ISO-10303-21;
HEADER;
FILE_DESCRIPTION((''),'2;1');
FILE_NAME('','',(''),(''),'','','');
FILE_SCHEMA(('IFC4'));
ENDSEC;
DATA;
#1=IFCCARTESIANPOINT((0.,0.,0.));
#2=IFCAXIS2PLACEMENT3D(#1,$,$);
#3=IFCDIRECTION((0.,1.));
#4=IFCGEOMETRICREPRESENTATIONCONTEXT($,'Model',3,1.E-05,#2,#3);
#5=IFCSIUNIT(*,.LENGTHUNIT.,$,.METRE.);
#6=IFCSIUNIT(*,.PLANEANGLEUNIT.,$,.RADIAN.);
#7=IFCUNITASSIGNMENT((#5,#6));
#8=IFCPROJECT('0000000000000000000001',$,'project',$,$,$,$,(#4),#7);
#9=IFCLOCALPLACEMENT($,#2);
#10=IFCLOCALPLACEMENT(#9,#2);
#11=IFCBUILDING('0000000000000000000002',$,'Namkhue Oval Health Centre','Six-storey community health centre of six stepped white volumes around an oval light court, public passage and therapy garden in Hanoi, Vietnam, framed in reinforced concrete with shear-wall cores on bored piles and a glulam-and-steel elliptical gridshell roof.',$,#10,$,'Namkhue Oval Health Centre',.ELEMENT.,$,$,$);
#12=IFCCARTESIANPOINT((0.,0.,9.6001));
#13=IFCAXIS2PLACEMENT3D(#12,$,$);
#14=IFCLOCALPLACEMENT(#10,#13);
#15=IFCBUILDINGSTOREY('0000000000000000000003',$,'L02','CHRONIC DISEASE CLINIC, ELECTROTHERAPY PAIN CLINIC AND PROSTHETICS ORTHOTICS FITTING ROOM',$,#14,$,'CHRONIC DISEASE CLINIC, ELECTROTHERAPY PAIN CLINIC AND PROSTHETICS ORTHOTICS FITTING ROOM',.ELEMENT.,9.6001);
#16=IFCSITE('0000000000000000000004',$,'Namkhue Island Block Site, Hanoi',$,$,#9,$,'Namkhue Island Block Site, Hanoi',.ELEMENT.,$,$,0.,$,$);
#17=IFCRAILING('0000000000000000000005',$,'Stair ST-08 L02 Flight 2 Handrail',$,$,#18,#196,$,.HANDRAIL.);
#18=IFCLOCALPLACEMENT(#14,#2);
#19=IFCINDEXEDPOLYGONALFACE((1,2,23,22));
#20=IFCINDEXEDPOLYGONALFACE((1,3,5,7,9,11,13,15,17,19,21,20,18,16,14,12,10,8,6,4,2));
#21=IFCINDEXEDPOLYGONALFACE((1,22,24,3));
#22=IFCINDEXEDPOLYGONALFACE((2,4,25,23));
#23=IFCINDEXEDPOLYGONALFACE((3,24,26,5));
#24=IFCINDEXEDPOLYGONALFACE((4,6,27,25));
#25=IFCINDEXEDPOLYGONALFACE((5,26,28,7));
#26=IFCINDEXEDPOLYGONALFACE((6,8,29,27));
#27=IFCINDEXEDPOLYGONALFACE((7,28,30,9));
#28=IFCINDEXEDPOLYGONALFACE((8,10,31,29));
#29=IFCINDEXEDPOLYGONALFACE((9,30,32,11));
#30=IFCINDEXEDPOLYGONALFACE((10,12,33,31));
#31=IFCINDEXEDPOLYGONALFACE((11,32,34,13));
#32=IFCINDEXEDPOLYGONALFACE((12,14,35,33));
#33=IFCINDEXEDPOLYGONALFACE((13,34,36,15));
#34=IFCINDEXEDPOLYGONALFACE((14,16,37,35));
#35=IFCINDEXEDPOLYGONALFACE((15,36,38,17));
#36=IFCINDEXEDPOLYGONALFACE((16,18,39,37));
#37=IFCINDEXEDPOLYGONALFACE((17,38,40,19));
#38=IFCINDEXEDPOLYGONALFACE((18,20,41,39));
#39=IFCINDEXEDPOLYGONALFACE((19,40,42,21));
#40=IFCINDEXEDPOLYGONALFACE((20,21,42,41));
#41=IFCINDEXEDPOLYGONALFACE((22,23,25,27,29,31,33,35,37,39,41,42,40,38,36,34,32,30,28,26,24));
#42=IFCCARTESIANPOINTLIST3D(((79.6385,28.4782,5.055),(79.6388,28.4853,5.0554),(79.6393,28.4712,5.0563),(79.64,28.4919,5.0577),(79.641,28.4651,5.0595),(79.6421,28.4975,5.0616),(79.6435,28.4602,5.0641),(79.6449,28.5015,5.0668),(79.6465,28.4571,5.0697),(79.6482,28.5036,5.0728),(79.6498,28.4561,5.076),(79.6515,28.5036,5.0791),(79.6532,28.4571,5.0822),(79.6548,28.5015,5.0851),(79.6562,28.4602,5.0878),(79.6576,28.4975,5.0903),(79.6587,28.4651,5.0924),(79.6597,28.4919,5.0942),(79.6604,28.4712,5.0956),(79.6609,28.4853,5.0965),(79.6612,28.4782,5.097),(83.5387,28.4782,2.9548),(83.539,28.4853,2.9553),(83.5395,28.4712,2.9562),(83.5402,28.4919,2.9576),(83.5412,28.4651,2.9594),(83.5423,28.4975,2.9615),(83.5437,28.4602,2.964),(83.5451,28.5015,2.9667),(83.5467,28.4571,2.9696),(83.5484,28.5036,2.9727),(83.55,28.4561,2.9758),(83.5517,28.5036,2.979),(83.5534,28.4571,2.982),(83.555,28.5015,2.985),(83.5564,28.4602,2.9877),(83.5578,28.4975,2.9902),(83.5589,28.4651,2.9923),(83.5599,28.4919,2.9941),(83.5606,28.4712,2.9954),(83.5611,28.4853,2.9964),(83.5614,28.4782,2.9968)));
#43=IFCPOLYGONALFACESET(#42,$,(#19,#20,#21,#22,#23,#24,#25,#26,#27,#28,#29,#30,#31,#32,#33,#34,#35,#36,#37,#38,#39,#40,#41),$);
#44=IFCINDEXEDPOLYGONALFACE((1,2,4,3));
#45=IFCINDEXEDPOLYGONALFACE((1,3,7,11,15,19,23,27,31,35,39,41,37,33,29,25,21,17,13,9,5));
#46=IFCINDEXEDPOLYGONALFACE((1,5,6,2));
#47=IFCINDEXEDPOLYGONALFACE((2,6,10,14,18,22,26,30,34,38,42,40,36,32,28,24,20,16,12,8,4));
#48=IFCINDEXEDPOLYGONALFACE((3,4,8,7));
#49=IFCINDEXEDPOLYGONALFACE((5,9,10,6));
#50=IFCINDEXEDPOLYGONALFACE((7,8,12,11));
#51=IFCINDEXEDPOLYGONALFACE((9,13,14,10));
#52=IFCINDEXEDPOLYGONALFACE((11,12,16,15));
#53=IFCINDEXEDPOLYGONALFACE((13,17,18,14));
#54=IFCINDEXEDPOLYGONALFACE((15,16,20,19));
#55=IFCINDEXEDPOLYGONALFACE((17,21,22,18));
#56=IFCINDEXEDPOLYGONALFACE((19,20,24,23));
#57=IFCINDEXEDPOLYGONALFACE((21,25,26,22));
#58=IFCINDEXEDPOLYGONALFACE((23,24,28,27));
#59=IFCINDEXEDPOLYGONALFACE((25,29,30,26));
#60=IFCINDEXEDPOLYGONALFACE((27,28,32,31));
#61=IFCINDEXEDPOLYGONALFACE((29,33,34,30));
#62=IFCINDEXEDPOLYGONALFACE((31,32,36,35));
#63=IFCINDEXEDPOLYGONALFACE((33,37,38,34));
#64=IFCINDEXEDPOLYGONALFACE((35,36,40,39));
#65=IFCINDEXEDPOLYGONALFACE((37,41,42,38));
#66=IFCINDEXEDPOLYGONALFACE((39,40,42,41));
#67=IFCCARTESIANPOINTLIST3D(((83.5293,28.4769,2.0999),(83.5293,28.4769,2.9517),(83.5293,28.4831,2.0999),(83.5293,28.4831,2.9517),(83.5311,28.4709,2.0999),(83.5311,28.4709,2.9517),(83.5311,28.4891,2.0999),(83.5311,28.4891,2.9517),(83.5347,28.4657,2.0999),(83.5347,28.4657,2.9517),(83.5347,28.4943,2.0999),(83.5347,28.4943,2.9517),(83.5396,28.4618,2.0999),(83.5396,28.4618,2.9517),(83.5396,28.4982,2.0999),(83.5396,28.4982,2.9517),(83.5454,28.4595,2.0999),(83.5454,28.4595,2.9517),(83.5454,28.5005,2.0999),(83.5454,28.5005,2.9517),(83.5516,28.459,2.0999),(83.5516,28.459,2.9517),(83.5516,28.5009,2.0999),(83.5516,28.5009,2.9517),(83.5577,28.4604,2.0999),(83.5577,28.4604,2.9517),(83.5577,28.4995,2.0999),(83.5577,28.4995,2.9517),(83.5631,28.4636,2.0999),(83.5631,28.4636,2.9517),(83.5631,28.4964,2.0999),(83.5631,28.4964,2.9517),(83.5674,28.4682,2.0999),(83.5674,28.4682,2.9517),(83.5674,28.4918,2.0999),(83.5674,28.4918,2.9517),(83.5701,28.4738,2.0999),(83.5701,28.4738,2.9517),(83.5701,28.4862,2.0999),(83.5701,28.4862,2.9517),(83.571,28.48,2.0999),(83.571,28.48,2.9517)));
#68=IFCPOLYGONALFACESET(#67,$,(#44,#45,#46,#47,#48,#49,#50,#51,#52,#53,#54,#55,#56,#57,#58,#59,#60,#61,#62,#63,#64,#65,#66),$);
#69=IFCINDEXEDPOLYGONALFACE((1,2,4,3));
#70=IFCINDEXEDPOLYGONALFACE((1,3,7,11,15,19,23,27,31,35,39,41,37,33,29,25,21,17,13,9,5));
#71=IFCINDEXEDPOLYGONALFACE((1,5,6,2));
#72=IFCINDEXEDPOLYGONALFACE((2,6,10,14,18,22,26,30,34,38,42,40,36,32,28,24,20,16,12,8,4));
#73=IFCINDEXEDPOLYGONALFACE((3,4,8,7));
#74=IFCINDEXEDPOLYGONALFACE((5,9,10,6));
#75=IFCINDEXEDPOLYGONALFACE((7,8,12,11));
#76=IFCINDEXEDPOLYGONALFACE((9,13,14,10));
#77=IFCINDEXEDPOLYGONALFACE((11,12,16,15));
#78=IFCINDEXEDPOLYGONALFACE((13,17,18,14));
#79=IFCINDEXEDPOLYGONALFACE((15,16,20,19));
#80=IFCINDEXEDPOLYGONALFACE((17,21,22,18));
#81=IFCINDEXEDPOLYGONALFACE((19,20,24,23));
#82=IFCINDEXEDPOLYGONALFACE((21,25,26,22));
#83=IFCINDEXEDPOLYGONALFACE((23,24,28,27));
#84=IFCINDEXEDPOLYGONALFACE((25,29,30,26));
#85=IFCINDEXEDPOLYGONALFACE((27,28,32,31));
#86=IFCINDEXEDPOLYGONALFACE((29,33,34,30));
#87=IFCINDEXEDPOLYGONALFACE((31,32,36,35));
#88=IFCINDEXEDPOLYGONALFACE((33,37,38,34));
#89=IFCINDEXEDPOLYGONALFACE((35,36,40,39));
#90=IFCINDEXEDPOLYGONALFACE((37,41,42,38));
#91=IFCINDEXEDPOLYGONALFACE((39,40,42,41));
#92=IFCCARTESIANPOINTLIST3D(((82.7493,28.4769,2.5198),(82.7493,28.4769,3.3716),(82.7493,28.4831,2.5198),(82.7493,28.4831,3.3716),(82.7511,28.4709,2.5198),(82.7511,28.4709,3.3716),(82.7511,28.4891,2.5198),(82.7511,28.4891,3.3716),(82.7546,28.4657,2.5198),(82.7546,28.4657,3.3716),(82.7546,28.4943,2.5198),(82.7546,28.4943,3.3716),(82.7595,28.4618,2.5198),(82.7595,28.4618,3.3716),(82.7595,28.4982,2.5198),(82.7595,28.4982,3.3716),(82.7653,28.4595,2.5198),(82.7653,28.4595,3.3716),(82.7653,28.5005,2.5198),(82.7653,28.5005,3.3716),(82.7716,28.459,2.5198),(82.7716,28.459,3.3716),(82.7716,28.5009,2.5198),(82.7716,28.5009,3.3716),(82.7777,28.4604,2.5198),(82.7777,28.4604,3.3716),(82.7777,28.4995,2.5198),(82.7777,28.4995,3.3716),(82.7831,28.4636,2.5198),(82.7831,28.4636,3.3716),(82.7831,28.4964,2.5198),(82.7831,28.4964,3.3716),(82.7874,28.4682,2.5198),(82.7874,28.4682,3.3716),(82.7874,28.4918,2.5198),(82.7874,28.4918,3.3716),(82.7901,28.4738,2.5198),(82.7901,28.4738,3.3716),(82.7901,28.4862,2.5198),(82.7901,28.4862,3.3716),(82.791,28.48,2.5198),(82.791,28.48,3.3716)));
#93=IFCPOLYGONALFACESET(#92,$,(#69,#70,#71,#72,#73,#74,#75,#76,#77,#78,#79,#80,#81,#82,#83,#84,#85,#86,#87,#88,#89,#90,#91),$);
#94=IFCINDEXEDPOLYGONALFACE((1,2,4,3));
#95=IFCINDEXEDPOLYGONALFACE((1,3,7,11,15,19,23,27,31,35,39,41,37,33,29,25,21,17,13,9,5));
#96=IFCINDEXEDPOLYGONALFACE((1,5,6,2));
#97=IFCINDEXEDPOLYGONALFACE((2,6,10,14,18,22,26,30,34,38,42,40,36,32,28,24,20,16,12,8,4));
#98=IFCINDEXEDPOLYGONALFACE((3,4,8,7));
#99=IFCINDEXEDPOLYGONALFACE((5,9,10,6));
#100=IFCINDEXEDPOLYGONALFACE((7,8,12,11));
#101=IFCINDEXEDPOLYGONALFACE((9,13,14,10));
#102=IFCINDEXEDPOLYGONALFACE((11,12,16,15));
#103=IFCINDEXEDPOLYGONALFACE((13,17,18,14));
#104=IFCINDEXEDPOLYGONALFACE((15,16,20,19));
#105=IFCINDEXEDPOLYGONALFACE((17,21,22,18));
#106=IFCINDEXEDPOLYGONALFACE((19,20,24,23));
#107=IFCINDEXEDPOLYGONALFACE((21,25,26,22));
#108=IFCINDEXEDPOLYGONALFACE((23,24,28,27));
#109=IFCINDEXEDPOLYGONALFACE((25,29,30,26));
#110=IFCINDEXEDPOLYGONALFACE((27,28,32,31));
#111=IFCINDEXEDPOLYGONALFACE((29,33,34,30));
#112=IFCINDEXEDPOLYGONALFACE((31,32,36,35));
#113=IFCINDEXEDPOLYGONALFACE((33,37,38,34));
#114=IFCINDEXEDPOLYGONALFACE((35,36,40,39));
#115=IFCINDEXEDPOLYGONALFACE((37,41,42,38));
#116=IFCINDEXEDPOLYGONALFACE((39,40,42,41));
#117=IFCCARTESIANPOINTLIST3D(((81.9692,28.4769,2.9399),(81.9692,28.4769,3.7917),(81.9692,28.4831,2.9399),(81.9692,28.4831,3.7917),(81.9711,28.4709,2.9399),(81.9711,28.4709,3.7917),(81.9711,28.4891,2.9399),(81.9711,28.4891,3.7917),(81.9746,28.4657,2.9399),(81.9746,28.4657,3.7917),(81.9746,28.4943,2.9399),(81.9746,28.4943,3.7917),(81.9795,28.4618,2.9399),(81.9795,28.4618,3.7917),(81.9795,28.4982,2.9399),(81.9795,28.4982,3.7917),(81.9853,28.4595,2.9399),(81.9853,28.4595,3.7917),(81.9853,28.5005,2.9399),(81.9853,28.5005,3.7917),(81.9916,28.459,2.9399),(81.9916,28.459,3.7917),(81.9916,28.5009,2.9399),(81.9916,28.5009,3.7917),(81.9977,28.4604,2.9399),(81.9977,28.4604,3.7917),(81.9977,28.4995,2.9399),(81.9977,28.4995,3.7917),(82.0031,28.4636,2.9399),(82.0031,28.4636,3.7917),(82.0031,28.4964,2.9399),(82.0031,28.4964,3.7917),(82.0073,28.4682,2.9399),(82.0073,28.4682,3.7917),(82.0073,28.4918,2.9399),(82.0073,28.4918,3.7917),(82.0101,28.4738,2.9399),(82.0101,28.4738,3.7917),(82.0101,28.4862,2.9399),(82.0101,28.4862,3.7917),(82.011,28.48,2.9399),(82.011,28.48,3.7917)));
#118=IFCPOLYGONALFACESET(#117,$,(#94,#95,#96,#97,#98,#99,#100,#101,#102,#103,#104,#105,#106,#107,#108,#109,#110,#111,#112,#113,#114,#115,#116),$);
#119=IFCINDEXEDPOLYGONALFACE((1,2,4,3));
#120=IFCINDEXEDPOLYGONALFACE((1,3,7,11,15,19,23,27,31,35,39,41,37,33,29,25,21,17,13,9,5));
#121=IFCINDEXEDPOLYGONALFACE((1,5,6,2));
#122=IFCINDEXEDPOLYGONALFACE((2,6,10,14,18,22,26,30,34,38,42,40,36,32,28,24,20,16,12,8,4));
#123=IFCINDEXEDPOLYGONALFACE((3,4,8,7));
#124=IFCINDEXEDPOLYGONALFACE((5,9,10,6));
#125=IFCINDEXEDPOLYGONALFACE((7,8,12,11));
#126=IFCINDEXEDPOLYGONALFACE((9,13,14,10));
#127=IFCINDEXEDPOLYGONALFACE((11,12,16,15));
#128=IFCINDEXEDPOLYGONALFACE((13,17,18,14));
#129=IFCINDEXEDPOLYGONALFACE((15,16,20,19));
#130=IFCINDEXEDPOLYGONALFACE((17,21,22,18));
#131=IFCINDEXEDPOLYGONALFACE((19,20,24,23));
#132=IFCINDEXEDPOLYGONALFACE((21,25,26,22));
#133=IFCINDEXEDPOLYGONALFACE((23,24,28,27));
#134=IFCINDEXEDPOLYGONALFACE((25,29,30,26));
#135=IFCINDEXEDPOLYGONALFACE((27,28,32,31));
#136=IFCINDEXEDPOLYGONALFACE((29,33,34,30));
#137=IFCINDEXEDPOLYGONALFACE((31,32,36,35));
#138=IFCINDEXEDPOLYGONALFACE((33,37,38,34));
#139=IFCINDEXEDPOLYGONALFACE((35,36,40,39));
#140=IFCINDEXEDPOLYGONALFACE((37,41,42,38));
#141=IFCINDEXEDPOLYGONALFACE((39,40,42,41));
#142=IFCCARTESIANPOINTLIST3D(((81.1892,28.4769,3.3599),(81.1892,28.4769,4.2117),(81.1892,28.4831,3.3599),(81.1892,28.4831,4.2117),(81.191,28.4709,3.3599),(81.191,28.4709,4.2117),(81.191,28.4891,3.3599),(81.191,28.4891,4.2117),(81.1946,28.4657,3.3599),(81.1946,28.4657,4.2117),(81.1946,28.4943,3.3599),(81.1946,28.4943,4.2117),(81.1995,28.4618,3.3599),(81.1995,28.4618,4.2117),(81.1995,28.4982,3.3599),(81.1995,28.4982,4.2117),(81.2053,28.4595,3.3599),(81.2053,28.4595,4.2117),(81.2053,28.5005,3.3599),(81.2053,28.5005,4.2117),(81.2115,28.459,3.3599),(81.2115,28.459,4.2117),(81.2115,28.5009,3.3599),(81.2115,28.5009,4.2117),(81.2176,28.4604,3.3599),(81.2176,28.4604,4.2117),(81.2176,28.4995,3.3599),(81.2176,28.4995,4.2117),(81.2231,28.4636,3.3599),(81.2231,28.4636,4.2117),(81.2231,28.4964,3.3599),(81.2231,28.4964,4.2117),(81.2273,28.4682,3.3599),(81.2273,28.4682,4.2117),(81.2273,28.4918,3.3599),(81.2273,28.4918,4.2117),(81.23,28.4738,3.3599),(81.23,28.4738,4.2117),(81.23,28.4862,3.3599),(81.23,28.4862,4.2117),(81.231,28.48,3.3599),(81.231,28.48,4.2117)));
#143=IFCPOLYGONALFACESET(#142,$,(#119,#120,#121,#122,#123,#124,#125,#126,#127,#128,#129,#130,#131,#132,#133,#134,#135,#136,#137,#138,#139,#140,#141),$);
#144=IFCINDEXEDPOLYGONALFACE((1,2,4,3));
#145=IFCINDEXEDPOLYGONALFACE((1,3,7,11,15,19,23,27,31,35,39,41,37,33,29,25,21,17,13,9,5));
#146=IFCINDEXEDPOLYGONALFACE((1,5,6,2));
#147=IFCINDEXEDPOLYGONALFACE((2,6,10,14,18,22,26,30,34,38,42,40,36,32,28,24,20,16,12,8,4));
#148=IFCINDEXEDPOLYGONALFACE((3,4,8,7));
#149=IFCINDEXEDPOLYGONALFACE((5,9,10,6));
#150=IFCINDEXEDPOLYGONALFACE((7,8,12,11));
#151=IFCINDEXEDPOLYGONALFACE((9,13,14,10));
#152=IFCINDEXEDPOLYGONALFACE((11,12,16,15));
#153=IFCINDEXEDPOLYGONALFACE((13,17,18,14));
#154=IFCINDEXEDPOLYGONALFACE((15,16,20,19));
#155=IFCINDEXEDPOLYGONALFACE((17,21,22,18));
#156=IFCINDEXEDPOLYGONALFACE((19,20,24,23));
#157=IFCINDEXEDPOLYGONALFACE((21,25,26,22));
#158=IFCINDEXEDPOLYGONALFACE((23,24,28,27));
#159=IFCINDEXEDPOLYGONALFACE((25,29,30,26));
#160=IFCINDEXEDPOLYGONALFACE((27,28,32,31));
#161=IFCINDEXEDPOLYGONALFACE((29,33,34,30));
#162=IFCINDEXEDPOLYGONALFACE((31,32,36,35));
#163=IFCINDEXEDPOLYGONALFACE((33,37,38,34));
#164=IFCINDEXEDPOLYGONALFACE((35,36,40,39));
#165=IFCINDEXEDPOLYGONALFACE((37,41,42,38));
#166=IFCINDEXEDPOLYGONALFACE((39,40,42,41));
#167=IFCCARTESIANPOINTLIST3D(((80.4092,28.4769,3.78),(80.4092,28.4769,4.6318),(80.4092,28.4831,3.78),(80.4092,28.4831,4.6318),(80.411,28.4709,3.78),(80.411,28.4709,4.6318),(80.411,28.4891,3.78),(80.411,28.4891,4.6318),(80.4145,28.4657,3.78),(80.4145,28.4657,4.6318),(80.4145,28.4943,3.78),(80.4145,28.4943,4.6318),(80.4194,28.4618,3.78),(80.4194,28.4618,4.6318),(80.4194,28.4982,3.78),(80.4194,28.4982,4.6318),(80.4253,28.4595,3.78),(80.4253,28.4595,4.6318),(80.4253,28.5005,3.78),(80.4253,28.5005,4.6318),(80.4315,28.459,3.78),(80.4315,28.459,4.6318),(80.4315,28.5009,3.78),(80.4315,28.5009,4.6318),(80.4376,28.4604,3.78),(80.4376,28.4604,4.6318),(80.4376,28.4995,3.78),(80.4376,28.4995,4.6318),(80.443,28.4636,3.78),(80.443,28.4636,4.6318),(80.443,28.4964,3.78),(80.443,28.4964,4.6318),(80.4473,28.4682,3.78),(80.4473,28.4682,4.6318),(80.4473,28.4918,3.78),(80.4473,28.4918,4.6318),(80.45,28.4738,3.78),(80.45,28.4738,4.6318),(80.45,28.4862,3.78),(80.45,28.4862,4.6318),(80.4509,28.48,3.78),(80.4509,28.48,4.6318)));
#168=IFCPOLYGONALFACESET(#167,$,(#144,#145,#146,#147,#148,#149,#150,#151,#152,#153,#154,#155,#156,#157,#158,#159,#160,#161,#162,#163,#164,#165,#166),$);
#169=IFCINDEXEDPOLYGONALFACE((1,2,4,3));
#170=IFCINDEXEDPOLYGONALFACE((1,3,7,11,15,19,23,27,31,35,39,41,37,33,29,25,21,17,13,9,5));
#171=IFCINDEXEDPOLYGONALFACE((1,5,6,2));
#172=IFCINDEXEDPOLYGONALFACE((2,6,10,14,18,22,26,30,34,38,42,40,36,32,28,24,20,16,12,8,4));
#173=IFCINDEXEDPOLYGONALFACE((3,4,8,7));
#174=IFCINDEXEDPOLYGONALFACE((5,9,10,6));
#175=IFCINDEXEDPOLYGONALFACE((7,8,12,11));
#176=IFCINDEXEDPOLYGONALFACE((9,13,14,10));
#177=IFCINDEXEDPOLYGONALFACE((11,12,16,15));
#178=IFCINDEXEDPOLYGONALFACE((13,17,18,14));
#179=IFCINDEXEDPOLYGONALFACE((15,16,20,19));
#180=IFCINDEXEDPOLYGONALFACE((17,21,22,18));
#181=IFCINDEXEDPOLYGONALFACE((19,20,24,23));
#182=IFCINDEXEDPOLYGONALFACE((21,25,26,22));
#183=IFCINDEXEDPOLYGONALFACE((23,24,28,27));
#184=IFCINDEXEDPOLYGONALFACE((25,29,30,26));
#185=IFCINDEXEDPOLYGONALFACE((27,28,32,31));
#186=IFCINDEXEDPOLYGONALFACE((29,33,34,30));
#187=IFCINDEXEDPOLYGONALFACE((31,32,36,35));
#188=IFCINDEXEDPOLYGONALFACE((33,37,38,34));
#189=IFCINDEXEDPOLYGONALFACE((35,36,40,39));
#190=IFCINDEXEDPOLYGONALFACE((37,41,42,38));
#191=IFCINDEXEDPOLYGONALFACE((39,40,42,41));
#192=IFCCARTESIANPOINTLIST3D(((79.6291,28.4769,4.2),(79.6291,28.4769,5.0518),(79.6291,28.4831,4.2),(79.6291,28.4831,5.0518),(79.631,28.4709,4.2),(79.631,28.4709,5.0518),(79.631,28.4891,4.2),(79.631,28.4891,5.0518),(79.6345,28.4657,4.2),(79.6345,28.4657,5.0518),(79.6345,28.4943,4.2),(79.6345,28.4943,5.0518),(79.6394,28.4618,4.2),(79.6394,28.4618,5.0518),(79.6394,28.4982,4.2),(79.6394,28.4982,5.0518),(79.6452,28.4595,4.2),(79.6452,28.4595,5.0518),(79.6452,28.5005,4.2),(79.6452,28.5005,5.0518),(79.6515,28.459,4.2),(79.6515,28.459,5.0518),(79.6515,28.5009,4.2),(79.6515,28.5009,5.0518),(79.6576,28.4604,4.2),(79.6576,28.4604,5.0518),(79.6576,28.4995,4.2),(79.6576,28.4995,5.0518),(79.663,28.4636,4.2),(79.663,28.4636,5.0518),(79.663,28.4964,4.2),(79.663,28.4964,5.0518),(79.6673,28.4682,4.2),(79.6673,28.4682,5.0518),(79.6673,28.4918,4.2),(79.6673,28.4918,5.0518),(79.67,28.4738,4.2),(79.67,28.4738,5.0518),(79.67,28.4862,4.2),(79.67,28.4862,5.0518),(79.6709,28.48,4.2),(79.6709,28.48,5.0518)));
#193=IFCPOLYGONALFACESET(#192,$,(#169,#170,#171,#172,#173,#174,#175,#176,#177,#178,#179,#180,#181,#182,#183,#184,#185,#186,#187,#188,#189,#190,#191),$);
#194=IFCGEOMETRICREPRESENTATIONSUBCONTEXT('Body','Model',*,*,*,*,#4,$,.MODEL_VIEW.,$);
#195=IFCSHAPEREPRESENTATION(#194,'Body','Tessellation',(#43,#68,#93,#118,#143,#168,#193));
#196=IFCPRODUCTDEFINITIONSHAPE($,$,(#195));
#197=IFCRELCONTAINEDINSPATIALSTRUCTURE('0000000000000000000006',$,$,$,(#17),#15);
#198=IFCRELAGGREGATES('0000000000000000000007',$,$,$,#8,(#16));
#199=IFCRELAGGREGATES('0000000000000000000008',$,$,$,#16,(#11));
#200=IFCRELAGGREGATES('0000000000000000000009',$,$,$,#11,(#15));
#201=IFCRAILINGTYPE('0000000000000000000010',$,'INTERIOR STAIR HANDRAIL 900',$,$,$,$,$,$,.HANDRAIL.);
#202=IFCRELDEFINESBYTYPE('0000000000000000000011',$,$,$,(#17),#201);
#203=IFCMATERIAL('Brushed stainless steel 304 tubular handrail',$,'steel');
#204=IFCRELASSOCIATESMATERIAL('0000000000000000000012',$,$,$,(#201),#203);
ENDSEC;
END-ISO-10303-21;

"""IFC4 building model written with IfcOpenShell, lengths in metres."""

from ifc_helpers import new_model, si_unit, direction, frame, origin, origin_2d, place, context, subcontext, project, spatial, circle, extrude, material, type_object, element, save


model = new_model("IFC4")

# Units and contexts
model_context = context("Model", 3, precision=1e-05, world=origin(), true_north=direction((0.0, 1.0)))
body_context = subcontext(model_context, "Body", "Model", "MODEL_VIEW")
ifc_project = project(units=[si_unit("LENGTHUNIT", "METRE"), si_unit("PLANEANGLEUNIT", "RADIAN")], contexts=[model_context])

# Site, building, storey
site_placement = place(None, origin())
site = spatial("IfcSite", under=ifc_project, at=site_placement, Name="Namkhue Island Block Site, Hanoi", LongName="Namkhue Island Block Site, Hanoi", CompositionType="ELEMENT", RefElevation=0.0)
building_placement = place(site_placement, origin())
building = spatial("IfcBuilding", under=site, at=building_placement, Name="Namkhue Oval Health Centre", Description="Six-storey community health centre of six stepped white volumes around an oval light court, public passage and therapy garden in Hanoi, Vietnam, framed in reinforced concrete with shear-wall cores on bored piles and a glulam-and-steel elliptical gridshell roof.", LongName="Namkhue Oval Health Centre", CompositionType="ELEMENT")
storey_placement = place(building_placement, frame((0.0, 0.0, 9.6001)))
storey = spatial("IfcBuildingStorey", under=building, at=storey_placement, Name="L02", Description="CHRONIC DISEASE CLINIC, ELECTROTHERAPY PAIN CLINIC AND PROSTHETICS ORTHOTICS FITTING ROOM", LongName="CHRONIC DISEASE CLINIC, ELECTROTHERAPY PAIN CLINIC AND PROSTHETICS ORTHOTICS FITTING ROOM", CompositionType="ELEMENT", Elevation=9.6001)

# Railing
ifc_material_1 = material(Name="Brushed stainless steel 304 tubular handrail", Category="steel")
railing_type_1 = type_object("IfcRailingType", Name="INTERIOR STAIR HANDRAIL 900", PredefinedType="HANDRAIL", material=ifc_material_1)
railing_1_placement = place(storey_placement, frame((83.55, 28.48, 2.0999)))
element("IfcRailing", 1, at=railing_1_placement, inside=storey, type_object=railing_type_1, Name="Stair ST-08 L02 Flight 2 Handrail", PredefinedType="HANDRAIL", context=body_context, shape_type="SweptSolid", body=[
    extrude(circle(Radius=0.0239, at=origin_2d()), frame((0.0, 0.0, 0.876), z_axis=(-0.880469, 0.0, 0.474103), x_axis=(0.0, -1.0, 0.0)), (0.0, 0.0, 1.0), 4.4297),
    extrude(circle(Radius=0.021, at=origin_2d()), origin(), (0.0, 0.0, 1.0), 0.8518),
    extrude(circle(Radius=0.021, at=origin_2d()), frame((-0.78, 0.0, 0.4199)), (0.0, 0.0, 1.0), 0.8518),
    extrude(circle(Radius=0.021, at=origin_2d()), frame((-1.5601, 0.0, 0.8401)), (0.0, 0.0, 1.0), 0.8518),
    extrude(circle(Radius=0.021, at=origin_2d()), frame((-2.3401, 0.0, 1.26)), (0.0, 0.0, 1.0), 0.8518),
    extrude(circle(Radius=0.021, at=origin_2d()), frame((-3.1201, 0.0, 1.6802)), (0.0, 0.0, 1.0), 0.8518),
    extrude(circle(Radius=0.021, at=origin_2d()), frame((-3.9001, 0.0, 2.1001)), (0.0, 0.0, 1.0), 0.8518),
])

save(model, "model.ifc")
